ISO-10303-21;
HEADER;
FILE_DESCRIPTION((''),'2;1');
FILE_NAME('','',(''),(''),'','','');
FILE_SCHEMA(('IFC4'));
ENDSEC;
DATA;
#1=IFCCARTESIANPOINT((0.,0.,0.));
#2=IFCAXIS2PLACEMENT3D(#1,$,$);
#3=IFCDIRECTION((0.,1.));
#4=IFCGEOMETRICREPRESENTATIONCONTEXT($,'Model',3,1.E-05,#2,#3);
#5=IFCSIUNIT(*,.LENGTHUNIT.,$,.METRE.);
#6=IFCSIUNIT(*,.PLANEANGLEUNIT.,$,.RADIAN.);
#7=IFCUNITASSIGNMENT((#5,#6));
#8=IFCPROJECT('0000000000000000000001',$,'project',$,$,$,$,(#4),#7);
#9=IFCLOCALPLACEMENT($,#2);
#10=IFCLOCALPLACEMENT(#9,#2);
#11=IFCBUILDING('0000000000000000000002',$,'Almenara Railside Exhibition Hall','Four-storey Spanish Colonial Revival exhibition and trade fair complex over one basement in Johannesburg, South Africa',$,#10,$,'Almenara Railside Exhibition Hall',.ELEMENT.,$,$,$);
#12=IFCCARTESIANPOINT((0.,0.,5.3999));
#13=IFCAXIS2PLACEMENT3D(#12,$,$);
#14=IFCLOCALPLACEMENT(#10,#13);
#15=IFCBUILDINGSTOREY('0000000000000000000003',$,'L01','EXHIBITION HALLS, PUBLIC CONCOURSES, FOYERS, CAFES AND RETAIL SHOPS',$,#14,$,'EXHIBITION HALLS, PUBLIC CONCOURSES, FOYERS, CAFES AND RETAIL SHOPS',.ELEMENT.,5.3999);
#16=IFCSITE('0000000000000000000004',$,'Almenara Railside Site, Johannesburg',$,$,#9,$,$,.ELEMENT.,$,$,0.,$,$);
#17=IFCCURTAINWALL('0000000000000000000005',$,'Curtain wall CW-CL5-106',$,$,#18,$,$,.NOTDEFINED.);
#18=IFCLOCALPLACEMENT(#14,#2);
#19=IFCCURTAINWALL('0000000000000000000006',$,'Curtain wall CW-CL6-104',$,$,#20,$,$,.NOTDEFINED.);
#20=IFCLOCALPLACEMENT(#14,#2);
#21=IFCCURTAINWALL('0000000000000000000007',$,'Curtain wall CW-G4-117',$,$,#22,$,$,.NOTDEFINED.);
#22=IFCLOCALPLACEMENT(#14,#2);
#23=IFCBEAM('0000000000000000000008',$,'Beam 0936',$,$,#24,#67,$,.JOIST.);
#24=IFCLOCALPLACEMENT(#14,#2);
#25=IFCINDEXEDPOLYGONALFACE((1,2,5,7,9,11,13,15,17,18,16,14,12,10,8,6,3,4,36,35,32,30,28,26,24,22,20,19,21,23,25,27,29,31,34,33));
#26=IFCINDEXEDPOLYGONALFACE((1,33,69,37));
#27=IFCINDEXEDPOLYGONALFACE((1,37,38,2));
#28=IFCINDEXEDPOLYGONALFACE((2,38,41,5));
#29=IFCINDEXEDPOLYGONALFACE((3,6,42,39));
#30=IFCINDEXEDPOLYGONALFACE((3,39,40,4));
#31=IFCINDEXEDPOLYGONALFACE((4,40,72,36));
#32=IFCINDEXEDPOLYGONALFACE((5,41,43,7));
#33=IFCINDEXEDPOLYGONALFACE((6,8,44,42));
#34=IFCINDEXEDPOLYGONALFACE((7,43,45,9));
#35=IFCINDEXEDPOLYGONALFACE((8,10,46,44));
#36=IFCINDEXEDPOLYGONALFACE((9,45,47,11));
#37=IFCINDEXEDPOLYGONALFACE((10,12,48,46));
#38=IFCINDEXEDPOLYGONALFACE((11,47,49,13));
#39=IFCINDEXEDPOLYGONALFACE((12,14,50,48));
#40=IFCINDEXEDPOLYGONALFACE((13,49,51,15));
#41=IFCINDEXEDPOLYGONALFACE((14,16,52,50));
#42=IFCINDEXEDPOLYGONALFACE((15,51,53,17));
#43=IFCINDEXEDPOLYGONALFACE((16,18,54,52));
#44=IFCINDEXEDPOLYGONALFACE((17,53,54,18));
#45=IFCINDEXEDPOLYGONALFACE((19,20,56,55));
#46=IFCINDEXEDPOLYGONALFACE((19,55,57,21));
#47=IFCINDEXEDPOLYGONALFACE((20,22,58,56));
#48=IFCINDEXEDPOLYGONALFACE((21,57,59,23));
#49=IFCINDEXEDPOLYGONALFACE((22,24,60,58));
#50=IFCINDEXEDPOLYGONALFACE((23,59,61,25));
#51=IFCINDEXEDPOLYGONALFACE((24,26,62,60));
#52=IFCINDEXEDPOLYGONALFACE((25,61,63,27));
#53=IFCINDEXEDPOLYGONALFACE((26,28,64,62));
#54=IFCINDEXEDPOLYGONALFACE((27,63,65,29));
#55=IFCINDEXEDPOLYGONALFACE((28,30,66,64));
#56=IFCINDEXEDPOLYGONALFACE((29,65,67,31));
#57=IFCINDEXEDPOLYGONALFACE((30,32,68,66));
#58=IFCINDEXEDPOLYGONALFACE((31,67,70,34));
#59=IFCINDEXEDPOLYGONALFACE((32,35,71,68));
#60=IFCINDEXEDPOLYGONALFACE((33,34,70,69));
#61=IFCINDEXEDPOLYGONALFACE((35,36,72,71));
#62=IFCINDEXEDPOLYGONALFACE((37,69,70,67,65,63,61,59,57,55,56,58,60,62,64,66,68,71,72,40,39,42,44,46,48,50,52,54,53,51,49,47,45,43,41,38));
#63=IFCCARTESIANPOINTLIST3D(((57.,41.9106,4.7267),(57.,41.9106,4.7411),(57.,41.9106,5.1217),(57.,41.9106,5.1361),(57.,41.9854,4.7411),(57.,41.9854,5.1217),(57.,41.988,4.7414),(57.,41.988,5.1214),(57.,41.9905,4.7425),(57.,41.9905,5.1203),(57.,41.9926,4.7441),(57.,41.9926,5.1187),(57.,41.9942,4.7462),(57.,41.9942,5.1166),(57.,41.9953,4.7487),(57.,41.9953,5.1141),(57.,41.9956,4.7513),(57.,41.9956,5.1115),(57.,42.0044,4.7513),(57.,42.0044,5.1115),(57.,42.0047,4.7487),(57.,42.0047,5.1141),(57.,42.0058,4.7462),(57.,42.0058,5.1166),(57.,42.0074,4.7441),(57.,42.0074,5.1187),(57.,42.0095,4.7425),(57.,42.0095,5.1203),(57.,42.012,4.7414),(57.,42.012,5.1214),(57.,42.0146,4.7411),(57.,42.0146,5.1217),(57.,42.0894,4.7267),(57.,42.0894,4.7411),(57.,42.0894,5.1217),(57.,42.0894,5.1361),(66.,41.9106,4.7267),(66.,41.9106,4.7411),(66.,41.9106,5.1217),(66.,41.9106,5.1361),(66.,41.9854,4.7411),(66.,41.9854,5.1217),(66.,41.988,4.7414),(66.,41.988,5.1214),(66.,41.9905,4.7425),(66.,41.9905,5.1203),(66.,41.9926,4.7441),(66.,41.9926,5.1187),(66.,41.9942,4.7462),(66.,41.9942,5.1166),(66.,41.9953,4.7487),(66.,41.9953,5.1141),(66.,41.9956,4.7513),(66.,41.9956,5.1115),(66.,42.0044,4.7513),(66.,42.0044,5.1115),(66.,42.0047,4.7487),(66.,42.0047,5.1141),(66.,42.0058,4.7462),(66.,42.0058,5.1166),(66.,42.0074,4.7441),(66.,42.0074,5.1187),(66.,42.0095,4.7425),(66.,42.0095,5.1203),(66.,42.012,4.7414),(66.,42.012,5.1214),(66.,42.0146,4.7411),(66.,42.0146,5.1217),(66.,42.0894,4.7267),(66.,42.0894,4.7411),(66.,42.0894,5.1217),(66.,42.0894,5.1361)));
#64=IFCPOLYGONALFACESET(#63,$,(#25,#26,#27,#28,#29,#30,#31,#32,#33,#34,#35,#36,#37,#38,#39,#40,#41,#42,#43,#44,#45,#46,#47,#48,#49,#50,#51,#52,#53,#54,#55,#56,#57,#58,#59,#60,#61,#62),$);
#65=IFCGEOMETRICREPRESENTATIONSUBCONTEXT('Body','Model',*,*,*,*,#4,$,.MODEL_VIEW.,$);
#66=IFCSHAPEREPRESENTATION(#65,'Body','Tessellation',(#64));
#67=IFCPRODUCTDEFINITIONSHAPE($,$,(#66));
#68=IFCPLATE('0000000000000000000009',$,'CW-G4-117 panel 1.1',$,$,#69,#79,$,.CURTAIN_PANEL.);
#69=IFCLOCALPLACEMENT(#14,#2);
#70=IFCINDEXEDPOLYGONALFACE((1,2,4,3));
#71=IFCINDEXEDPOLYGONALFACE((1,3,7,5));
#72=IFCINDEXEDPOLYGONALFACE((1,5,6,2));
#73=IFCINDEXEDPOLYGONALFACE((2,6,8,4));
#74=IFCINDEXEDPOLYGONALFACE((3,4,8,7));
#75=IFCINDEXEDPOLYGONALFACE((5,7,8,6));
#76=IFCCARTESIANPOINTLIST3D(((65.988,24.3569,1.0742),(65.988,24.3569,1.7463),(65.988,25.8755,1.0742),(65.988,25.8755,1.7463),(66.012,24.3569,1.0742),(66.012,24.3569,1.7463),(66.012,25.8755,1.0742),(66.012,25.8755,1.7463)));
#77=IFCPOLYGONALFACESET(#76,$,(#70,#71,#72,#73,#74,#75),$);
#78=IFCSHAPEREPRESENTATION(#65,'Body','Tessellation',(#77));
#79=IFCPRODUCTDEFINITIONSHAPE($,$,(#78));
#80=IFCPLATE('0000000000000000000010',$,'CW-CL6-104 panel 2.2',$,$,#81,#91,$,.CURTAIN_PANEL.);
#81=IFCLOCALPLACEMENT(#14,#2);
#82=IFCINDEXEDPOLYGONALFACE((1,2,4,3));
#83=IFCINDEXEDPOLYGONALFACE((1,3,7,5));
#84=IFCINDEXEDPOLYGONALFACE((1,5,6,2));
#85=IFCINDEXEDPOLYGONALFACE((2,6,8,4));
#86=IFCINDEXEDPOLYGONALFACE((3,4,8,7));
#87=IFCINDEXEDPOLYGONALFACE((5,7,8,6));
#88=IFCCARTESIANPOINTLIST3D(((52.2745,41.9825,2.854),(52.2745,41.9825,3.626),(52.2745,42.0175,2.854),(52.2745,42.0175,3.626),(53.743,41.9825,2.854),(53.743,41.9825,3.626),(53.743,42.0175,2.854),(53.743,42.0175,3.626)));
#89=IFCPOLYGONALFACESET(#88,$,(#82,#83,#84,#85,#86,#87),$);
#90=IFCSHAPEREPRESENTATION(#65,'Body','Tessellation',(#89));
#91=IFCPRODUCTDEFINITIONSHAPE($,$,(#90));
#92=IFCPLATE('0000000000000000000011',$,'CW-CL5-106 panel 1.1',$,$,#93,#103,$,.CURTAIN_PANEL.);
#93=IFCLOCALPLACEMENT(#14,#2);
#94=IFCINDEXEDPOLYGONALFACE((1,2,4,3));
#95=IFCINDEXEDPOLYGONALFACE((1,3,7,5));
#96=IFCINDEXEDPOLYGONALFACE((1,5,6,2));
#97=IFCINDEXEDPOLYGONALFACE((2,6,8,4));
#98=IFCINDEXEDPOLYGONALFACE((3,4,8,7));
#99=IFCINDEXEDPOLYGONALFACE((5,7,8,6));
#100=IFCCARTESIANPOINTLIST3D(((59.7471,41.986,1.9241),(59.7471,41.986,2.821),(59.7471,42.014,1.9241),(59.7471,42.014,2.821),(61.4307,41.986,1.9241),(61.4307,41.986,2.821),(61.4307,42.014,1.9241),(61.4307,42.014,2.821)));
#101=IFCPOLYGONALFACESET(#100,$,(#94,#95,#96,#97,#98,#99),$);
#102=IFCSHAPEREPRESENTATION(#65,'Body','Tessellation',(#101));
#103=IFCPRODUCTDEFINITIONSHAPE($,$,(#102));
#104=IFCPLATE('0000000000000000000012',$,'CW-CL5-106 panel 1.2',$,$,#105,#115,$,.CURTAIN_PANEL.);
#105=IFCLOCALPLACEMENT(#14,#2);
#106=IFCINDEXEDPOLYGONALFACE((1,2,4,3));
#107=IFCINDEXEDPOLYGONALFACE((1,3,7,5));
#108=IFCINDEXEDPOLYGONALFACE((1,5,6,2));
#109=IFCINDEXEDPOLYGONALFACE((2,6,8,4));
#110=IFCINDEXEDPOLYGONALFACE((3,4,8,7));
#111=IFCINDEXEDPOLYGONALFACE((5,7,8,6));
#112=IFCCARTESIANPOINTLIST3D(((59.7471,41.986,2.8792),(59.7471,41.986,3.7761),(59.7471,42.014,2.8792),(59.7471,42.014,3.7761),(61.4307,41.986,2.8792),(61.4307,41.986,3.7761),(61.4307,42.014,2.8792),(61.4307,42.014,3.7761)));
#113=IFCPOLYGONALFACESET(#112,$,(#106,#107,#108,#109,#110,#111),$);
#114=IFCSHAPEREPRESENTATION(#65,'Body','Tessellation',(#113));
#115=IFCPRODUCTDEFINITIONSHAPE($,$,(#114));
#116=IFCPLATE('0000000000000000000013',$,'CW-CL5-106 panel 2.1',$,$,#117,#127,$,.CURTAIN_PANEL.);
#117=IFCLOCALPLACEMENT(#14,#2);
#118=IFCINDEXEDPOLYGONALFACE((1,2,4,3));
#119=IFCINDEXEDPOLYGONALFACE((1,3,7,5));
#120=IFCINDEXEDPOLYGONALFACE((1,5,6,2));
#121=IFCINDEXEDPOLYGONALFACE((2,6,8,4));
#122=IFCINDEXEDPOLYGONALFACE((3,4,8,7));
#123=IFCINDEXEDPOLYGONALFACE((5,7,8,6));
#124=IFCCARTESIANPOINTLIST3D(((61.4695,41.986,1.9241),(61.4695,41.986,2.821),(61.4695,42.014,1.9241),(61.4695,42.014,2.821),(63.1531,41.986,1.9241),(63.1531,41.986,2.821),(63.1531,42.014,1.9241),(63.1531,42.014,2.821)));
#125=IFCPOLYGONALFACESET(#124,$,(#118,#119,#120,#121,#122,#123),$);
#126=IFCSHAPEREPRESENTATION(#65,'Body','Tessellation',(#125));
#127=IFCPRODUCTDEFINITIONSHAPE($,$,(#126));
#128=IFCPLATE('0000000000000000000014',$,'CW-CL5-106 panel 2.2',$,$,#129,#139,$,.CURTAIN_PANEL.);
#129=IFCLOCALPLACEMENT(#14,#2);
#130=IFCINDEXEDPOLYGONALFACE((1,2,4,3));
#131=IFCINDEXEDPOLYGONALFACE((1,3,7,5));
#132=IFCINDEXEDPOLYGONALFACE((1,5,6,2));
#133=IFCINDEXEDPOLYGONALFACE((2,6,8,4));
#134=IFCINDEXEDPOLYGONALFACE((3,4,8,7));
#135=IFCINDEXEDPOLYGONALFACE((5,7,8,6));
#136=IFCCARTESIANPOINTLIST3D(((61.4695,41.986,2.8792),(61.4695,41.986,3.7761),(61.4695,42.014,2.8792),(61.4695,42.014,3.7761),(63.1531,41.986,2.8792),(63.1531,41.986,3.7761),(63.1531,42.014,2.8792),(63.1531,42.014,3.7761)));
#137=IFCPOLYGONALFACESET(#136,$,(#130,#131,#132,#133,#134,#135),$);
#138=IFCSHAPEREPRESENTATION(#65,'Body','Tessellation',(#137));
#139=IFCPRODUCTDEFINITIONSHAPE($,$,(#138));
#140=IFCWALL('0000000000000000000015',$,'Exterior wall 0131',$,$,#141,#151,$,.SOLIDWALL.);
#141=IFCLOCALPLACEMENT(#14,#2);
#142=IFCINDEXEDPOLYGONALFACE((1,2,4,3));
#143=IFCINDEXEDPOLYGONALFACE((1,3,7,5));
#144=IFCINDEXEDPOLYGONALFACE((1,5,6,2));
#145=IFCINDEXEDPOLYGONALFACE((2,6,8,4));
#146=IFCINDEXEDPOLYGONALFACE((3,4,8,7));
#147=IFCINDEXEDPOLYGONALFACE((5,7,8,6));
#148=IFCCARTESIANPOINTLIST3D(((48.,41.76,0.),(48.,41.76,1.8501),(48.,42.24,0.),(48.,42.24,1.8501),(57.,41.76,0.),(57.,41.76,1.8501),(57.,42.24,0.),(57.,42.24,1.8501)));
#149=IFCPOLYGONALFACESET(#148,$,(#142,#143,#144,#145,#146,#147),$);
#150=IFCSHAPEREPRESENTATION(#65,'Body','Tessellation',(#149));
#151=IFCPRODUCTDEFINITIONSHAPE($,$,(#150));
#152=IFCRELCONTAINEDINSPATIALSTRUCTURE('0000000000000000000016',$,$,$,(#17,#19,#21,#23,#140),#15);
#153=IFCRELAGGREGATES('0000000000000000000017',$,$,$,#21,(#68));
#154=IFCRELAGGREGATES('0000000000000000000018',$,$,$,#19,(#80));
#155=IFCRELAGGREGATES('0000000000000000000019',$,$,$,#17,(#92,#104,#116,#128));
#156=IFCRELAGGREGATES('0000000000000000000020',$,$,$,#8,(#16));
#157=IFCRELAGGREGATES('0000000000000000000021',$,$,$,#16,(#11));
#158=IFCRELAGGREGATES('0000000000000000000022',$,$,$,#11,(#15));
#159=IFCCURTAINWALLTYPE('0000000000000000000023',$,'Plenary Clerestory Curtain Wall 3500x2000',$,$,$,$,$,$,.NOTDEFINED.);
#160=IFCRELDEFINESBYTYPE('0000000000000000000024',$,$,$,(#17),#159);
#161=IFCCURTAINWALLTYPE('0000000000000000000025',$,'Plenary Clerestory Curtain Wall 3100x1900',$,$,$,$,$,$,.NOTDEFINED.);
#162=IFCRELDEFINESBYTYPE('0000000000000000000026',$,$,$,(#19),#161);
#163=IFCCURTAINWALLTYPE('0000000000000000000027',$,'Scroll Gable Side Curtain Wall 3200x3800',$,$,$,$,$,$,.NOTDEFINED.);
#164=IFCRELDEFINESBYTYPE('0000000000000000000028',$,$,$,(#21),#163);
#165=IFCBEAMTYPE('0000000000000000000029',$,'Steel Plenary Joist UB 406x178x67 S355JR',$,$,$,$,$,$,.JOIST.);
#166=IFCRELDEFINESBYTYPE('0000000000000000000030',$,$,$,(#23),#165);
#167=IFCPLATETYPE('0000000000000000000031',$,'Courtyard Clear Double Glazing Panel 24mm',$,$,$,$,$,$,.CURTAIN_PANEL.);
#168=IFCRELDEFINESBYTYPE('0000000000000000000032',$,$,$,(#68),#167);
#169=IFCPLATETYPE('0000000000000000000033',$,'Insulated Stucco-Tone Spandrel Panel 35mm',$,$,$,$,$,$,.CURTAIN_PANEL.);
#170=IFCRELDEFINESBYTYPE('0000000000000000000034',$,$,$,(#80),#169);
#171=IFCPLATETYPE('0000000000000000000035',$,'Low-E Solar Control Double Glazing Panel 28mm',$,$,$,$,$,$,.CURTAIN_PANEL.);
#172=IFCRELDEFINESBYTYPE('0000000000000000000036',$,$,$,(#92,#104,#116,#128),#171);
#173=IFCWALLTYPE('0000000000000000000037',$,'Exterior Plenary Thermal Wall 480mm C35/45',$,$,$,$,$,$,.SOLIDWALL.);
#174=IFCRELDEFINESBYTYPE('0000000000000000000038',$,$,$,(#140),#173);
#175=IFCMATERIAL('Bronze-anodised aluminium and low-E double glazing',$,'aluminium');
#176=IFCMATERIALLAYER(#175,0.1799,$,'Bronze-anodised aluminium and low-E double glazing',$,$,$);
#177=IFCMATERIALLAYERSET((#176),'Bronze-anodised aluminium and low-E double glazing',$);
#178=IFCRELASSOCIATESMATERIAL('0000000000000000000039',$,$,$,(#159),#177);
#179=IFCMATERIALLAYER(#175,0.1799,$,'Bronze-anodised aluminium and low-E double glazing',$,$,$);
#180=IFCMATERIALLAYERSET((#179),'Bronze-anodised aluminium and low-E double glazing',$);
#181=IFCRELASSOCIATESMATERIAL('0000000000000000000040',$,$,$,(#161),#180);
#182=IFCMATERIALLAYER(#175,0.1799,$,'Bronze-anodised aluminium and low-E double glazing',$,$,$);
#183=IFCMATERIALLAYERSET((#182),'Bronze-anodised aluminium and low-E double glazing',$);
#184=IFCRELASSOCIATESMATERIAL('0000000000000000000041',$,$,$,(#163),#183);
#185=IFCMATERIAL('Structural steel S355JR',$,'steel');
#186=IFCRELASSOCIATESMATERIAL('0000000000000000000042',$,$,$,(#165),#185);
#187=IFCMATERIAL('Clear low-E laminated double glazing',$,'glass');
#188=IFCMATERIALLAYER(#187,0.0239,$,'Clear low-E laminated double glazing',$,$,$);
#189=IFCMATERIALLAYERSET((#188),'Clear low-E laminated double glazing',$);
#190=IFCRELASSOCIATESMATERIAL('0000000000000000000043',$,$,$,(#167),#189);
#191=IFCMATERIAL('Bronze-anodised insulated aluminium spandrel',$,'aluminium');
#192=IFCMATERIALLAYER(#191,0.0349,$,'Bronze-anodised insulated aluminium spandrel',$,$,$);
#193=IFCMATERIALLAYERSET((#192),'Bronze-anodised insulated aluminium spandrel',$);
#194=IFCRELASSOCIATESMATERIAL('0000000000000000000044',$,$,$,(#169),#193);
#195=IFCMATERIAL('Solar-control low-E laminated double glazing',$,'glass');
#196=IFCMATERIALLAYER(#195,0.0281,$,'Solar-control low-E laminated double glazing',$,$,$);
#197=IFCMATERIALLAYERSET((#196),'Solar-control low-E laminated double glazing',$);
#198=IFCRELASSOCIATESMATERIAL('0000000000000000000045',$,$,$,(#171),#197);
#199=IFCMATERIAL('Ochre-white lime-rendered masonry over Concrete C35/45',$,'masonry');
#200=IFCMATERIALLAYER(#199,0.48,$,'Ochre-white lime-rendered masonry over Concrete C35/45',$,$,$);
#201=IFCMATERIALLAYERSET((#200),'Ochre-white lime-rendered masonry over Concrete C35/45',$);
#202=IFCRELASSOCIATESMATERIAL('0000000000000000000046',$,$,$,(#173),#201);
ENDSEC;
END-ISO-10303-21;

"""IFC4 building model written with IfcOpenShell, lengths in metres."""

from ifc_helpers import new_model, si_unit, direction, frame, frame_2d, origin, origin_2d, place, context, subcontext, project, spatial, rectangle, i_section, extrude, material, layer, layer_set, material_profile, profile_set, type_object, element, aggregate, save


model = new_model("IFC4")

# Units and contexts
model_context = context("Model", 3, precision=1e-05, world=origin(), true_north=direction((0.0, 1.0)))
body_context = subcontext(model_context, "Body", "Model", "MODEL_VIEW")
ifc_project = project(units=[si_unit("LENGTHUNIT", "METRE"), si_unit("PLANEANGLEUNIT", "RADIAN")], contexts=[model_context])

# Site, building, storey
site_placement = place(None, origin())
site = spatial("IfcSite", under=ifc_project, at=site_placement, Name="Almenara Railside Site, Johannesburg", CompositionType="ELEMENT", RefElevation=0.0)
building_placement = place(site_placement, origin())
building = spatial("IfcBuilding", under=site, at=building_placement, Name="Almenara Railside Exhibition Hall", Description="Four-storey Spanish Colonial Revival exhibition and trade fair complex over one basement in Johannesburg, South Africa", LongName="Almenara Railside Exhibition Hall", CompositionType="ELEMENT")
storey_placement = place(building_placement, frame((0.0, 0.0, 5.3999)))
storey = spatial("IfcBuildingStorey", under=building, at=storey_placement, Name="L01", Description="EXHIBITION HALLS, PUBLIC CONCOURSES, FOYERS, CAFES AND RETAIL SHOPS", LongName="EXHIBITION HALLS, PUBLIC CONCOURSES, FOYERS, CAFES AND RETAIL SHOPS", CompositionType="ELEMENT", Elevation=5.3999)

# Curtain wall
ifc_material_1 = material(Name="Bronze-anodised aluminium and low-E double glazing", Category="aluminium")
ifc_layer_1 = layer(ifc_material_1, 0.1799, Name="Bronze-anodised aluminium and low-E double glazing")
ifc_layer_set_1 = layer_set([ifc_layer_1], Name="Bronze-anodised aluminium and low-E double glazing")
curtain_wall_type_1 = type_object("IfcCurtainWallType", Name="Plenary Clerestory Curtain Wall 3500x2000", PredefinedType="NOTDEFINED", material=ifc_layer_set_1)
curtain_wall_1_placement = place(storey_placement, origin())
curtain_wall_1 = element("IfcCurtainWall", 1, at=curtain_wall_1_placement, inside=storey, type_object=curtain_wall_type_1, Name="Curtain wall CW-CL5-106", PredefinedType="NOTDEFINED")

# Curtain wall
ifc_layer_2 = layer(ifc_material_1, 0.1799, Name="Bronze-anodised aluminium and low-E double glazing")
ifc_layer_set_2 = layer_set([ifc_layer_2], Name="Bronze-anodised aluminium and low-E double glazing")
curtain_wall_type_2 = type_object("IfcCurtainWallType", Name="Plenary Clerestory Curtain Wall 3100x1900", PredefinedType="NOTDEFINED", material=ifc_layer_set_2)
curtain_wall_2_placement = place(storey_placement, origin())
curtain_wall_2 = element("IfcCurtainWall", 2, at=curtain_wall_2_placement, inside=storey, type_object=curtain_wall_type_2, Name="Curtain wall CW-CL6-104", PredefinedType="NOTDEFINED")

# Curtain wall
ifc_layer_3 = layer(ifc_material_1, 0.1799, Name="Bronze-anodised aluminium and low-E double glazing")
ifc_layer_set_3 = layer_set([ifc_layer_3], Name="Bronze-anodised aluminium and low-E double glazing")
curtain_wall_type_3 = type_object("IfcCurtainWallType", Name="Scroll Gable Side Curtain Wall 3200x3800", PredefinedType="NOTDEFINED", material=ifc_layer_set_3)
curtain_wall_3_placement = place(storey_placement, origin())
curtain_wall_3 = element("IfcCurtainWall", 3, at=curtain_wall_3_placement, inside=storey, type_object=curtain_wall_type_3, Name="Curtain wall CW-G4-117", PredefinedType="NOTDEFINED")

# Beam
ifc_material_2 = material(Name="Structural steel S355JR", Category="steel")
ifc_material_profile_1 = material_profile(ifc_material_2, i_section(OverallWidth=0.1787, OverallDepth=0.4094, WebThickness=0.0088, FlangeThickness=0.0144, FilletRadius=0.0103, at=origin_2d()), Name="UB 406x178x67")
ifc_profile_set_1 = profile_set([ifc_material_profile_1], Name="Structural steel S355JR")
beam_type = type_object("IfcBeamType", Name="Steel Plenary Joist UB 406x178x67 S355JR", PredefinedType="JOIST", material=ifc_profile_set_1)
beam_1_placement = place(storey_placement, frame((57.0, 42.0, 4.9314), z_axis=(1.0, 0.0, 0.0), x_axis=(0.0, 1.0, 0.0)))
element("IfcBeam", 4, at=beam_1_placement, inside=storey, type_object=beam_type, Name="Beam 0936", PredefinedType="JOIST", context=body_context, shape_type="SweptSolid", body=[
    extrude(i_section(OverallWidth=0.1787, OverallDepth=0.4094, WebThickness=0.0088, FlangeThickness=0.0144, FilletRadius=0.0103, at=origin_2d()), origin(), (0.0, 0.0, 1.0), 9.0),
])

# Plates
ifc_material_3 = material(Name="Clear low-E laminated double glazing", Category="glass")
ifc_layer_4 = layer(ifc_material_3, 0.0239, Name="Clear low-E laminated double glazing")
ifc_layer_set_4 = layer_set([ifc_layer_4], Name="Clear low-E laminated double glazing")
plate_type_1 = type_object("IfcPlateType", Name="Courtyard Clear Double Glazing Panel 24mm", PredefinedType="CURTAIN_PANEL", material=ifc_layer_set_4)
plate_1_placement = place(storey_placement, frame((66.0, 25.1162, 1.0742), z_axis=(0.0, 0.0, 1.0), x_axis=(0.0, 1.0, 0.0)))
plate_1 = element("IfcPlate", 5, at=plate_1_placement, type_object=plate_type_1, Name="CW-G4-117 panel 1.1", PredefinedType="CURTAIN_PANEL", context=body_context, shape_type="SweptSolid", body=[
    extrude(rectangle(XDim=1.5186, YDim=0.0239, at=origin_2d()), origin(), (0.0, 0.0, 1.0), 0.6721),
])
aggregate(curtain_wall_3, [plate_1])
ifc_material_4 = material(Name="Bronze-anodised insulated aluminium spandrel", Category="aluminium")
ifc_layer_5 = layer(ifc_material_4, 0.0349, Name="Bronze-anodised insulated aluminium spandrel")
ifc_layer_set_5 = layer_set([ifc_layer_5], Name="Bronze-anodised insulated aluminium spandrel")
plate_type_2 = type_object("IfcPlateType", Name="Insulated Stucco-Tone Spandrel Panel 35mm", PredefinedType="CURTAIN_PANEL", material=ifc_layer_set_5)
plate_2_placement = place(storey_placement, frame((53.0088, 42.0, 2.854), z_axis=(0.0, 0.0, 1.0), x_axis=(1.0, 0.0, 0.0)))
plate_2 = element("IfcPlate", 6, at=plate_2_placement, type_object=plate_type_2, Name="CW-CL6-104 panel 2.2", PredefinedType="CURTAIN_PANEL", context=body_context, shape_type="SweptSolid", body=[
    extrude(rectangle(XDim=1.4685, YDim=0.0349, at=origin_2d()), origin(), (0.0, 0.0, 1.0), 0.772),
])
aggregate(curtain_wall_2, [plate_2])
ifc_material_5 = material(Name="Solar-control low-E laminated double glazing", Category="glass")
ifc_layer_6 = layer(ifc_material_5, 0.0281, Name="Solar-control low-E laminated double glazing")
ifc_layer_set_6 = layer_set([ifc_layer_6], Name="Solar-control low-E laminated double glazing")
plate_type_3 = type_object("IfcPlateType", Name="Low-E Solar Control Double Glazing Panel 28mm", PredefinedType="CURTAIN_PANEL", material=ifc_layer_set_6)
plate_3_placement = place(storey_placement, frame((60.5889, 42.0, 1.9241), z_axis=(0.0, 0.0, 1.0), x_axis=(1.0, 0.0, 0.0)))
plate_3 = element("IfcPlate", 7, at=plate_3_placement, type_object=plate_type_3, Name="CW-CL5-106 panel 1.1", PredefinedType="CURTAIN_PANEL", context=body_context, shape_type="SweptSolid", body=[
    extrude(rectangle(XDim=1.6836, YDim=0.0281, at=origin_2d()), origin(), (0.0, 0.0, 1.0), 0.897),
])
plate_4_placement = place(storey_placement, frame((60.5889, 42.0, 2.8792), z_axis=(0.0, 0.0, 1.0), x_axis=(1.0, 0.0, 0.0)))
plate_4 = element("IfcPlate", 8, at=plate_4_placement, type_object=plate_type_3, Name="CW-CL5-106 panel 1.2", PredefinedType="CURTAIN_PANEL", context=body_context, shape_type="SweptSolid", body=[
    extrude(rectangle(XDim=1.6836, YDim=0.0281, at=origin_2d()), origin(), (0.0, 0.0, 1.0), 0.897),
])
plate_5_placement = place(storey_placement, frame((62.3113, 42.0, 1.9241), z_axis=(0.0, 0.0, 1.0), x_axis=(1.0, 0.0, 0.0)))
plate_5 = element("IfcPlate", 9, at=plate_5_placement, type_object=plate_type_3, Name="CW-CL5-106 panel 2.1", PredefinedType="CURTAIN_PANEL", context=body_context, shape_type="SweptSolid", body=[
    extrude(rectangle(XDim=1.6836, YDim=0.0281, at=origin_2d()), origin(), (0.0, 0.0, 1.0), 0.897),
])
plate_6_placement = place(storey_placement, frame((62.3113, 42.0, 2.8792), z_axis=(0.0, 0.0, 1.0), x_axis=(1.0, 0.0, 0.0)))
plate_6 = element("IfcPlate", 10, at=plate_6_placement, type_object=plate_type_3, Name="CW-CL5-106 panel 2.2", PredefinedType="CURTAIN_PANEL", context=body_context, shape_type="SweptSolid", body=[
    extrude(rectangle(XDim=1.6836, YDim=0.0281, at=origin_2d()), origin(), (0.0, 0.0, 1.0), 0.897),
])
aggregate(curtain_wall_1, [plate_3, plate_4, plate_5, plate_6])

# Wall
ifc_material_6 = material(Name="Ochre-white lime-rendered masonry over Concrete C35/45", Category="masonry")
ifc_layer_7 = layer(ifc_material_6, 0.48, Name="Ochre-white lime-rendered masonry over Concrete C35/45")
ifc_layer_set_7 = layer_set([ifc_layer_7], Name="Ochre-white lime-rendered masonry over Concrete C35/45")
wall_type = type_object("IfcWallType", Name="Exterior Plenary Thermal Wall 480mm C35/45", PredefinedType="SOLIDWALL", material=ifc_layer_set_7)
wall_placement = place(storey_placement, frame((57.0, 42.0, 0.0), z_axis=(0.0, 0.0, 1.0), x_axis=(-1.0, 0.0, 0.0)))
element("IfcWall", 11, at=wall_placement, inside=storey, type_object=wall_type, Name="Exterior wall 0131", PredefinedType="SOLIDWALL", context=body_context, shape_type="SweptSolid", body=[
    extrude(rectangle(XDim=9.0, YDim=0.48, at=frame_2d((4.5, 0.0))), origin(), (0.0, 0.0, 1.0), 1.8501),
])

save(model, "model.ifc")
